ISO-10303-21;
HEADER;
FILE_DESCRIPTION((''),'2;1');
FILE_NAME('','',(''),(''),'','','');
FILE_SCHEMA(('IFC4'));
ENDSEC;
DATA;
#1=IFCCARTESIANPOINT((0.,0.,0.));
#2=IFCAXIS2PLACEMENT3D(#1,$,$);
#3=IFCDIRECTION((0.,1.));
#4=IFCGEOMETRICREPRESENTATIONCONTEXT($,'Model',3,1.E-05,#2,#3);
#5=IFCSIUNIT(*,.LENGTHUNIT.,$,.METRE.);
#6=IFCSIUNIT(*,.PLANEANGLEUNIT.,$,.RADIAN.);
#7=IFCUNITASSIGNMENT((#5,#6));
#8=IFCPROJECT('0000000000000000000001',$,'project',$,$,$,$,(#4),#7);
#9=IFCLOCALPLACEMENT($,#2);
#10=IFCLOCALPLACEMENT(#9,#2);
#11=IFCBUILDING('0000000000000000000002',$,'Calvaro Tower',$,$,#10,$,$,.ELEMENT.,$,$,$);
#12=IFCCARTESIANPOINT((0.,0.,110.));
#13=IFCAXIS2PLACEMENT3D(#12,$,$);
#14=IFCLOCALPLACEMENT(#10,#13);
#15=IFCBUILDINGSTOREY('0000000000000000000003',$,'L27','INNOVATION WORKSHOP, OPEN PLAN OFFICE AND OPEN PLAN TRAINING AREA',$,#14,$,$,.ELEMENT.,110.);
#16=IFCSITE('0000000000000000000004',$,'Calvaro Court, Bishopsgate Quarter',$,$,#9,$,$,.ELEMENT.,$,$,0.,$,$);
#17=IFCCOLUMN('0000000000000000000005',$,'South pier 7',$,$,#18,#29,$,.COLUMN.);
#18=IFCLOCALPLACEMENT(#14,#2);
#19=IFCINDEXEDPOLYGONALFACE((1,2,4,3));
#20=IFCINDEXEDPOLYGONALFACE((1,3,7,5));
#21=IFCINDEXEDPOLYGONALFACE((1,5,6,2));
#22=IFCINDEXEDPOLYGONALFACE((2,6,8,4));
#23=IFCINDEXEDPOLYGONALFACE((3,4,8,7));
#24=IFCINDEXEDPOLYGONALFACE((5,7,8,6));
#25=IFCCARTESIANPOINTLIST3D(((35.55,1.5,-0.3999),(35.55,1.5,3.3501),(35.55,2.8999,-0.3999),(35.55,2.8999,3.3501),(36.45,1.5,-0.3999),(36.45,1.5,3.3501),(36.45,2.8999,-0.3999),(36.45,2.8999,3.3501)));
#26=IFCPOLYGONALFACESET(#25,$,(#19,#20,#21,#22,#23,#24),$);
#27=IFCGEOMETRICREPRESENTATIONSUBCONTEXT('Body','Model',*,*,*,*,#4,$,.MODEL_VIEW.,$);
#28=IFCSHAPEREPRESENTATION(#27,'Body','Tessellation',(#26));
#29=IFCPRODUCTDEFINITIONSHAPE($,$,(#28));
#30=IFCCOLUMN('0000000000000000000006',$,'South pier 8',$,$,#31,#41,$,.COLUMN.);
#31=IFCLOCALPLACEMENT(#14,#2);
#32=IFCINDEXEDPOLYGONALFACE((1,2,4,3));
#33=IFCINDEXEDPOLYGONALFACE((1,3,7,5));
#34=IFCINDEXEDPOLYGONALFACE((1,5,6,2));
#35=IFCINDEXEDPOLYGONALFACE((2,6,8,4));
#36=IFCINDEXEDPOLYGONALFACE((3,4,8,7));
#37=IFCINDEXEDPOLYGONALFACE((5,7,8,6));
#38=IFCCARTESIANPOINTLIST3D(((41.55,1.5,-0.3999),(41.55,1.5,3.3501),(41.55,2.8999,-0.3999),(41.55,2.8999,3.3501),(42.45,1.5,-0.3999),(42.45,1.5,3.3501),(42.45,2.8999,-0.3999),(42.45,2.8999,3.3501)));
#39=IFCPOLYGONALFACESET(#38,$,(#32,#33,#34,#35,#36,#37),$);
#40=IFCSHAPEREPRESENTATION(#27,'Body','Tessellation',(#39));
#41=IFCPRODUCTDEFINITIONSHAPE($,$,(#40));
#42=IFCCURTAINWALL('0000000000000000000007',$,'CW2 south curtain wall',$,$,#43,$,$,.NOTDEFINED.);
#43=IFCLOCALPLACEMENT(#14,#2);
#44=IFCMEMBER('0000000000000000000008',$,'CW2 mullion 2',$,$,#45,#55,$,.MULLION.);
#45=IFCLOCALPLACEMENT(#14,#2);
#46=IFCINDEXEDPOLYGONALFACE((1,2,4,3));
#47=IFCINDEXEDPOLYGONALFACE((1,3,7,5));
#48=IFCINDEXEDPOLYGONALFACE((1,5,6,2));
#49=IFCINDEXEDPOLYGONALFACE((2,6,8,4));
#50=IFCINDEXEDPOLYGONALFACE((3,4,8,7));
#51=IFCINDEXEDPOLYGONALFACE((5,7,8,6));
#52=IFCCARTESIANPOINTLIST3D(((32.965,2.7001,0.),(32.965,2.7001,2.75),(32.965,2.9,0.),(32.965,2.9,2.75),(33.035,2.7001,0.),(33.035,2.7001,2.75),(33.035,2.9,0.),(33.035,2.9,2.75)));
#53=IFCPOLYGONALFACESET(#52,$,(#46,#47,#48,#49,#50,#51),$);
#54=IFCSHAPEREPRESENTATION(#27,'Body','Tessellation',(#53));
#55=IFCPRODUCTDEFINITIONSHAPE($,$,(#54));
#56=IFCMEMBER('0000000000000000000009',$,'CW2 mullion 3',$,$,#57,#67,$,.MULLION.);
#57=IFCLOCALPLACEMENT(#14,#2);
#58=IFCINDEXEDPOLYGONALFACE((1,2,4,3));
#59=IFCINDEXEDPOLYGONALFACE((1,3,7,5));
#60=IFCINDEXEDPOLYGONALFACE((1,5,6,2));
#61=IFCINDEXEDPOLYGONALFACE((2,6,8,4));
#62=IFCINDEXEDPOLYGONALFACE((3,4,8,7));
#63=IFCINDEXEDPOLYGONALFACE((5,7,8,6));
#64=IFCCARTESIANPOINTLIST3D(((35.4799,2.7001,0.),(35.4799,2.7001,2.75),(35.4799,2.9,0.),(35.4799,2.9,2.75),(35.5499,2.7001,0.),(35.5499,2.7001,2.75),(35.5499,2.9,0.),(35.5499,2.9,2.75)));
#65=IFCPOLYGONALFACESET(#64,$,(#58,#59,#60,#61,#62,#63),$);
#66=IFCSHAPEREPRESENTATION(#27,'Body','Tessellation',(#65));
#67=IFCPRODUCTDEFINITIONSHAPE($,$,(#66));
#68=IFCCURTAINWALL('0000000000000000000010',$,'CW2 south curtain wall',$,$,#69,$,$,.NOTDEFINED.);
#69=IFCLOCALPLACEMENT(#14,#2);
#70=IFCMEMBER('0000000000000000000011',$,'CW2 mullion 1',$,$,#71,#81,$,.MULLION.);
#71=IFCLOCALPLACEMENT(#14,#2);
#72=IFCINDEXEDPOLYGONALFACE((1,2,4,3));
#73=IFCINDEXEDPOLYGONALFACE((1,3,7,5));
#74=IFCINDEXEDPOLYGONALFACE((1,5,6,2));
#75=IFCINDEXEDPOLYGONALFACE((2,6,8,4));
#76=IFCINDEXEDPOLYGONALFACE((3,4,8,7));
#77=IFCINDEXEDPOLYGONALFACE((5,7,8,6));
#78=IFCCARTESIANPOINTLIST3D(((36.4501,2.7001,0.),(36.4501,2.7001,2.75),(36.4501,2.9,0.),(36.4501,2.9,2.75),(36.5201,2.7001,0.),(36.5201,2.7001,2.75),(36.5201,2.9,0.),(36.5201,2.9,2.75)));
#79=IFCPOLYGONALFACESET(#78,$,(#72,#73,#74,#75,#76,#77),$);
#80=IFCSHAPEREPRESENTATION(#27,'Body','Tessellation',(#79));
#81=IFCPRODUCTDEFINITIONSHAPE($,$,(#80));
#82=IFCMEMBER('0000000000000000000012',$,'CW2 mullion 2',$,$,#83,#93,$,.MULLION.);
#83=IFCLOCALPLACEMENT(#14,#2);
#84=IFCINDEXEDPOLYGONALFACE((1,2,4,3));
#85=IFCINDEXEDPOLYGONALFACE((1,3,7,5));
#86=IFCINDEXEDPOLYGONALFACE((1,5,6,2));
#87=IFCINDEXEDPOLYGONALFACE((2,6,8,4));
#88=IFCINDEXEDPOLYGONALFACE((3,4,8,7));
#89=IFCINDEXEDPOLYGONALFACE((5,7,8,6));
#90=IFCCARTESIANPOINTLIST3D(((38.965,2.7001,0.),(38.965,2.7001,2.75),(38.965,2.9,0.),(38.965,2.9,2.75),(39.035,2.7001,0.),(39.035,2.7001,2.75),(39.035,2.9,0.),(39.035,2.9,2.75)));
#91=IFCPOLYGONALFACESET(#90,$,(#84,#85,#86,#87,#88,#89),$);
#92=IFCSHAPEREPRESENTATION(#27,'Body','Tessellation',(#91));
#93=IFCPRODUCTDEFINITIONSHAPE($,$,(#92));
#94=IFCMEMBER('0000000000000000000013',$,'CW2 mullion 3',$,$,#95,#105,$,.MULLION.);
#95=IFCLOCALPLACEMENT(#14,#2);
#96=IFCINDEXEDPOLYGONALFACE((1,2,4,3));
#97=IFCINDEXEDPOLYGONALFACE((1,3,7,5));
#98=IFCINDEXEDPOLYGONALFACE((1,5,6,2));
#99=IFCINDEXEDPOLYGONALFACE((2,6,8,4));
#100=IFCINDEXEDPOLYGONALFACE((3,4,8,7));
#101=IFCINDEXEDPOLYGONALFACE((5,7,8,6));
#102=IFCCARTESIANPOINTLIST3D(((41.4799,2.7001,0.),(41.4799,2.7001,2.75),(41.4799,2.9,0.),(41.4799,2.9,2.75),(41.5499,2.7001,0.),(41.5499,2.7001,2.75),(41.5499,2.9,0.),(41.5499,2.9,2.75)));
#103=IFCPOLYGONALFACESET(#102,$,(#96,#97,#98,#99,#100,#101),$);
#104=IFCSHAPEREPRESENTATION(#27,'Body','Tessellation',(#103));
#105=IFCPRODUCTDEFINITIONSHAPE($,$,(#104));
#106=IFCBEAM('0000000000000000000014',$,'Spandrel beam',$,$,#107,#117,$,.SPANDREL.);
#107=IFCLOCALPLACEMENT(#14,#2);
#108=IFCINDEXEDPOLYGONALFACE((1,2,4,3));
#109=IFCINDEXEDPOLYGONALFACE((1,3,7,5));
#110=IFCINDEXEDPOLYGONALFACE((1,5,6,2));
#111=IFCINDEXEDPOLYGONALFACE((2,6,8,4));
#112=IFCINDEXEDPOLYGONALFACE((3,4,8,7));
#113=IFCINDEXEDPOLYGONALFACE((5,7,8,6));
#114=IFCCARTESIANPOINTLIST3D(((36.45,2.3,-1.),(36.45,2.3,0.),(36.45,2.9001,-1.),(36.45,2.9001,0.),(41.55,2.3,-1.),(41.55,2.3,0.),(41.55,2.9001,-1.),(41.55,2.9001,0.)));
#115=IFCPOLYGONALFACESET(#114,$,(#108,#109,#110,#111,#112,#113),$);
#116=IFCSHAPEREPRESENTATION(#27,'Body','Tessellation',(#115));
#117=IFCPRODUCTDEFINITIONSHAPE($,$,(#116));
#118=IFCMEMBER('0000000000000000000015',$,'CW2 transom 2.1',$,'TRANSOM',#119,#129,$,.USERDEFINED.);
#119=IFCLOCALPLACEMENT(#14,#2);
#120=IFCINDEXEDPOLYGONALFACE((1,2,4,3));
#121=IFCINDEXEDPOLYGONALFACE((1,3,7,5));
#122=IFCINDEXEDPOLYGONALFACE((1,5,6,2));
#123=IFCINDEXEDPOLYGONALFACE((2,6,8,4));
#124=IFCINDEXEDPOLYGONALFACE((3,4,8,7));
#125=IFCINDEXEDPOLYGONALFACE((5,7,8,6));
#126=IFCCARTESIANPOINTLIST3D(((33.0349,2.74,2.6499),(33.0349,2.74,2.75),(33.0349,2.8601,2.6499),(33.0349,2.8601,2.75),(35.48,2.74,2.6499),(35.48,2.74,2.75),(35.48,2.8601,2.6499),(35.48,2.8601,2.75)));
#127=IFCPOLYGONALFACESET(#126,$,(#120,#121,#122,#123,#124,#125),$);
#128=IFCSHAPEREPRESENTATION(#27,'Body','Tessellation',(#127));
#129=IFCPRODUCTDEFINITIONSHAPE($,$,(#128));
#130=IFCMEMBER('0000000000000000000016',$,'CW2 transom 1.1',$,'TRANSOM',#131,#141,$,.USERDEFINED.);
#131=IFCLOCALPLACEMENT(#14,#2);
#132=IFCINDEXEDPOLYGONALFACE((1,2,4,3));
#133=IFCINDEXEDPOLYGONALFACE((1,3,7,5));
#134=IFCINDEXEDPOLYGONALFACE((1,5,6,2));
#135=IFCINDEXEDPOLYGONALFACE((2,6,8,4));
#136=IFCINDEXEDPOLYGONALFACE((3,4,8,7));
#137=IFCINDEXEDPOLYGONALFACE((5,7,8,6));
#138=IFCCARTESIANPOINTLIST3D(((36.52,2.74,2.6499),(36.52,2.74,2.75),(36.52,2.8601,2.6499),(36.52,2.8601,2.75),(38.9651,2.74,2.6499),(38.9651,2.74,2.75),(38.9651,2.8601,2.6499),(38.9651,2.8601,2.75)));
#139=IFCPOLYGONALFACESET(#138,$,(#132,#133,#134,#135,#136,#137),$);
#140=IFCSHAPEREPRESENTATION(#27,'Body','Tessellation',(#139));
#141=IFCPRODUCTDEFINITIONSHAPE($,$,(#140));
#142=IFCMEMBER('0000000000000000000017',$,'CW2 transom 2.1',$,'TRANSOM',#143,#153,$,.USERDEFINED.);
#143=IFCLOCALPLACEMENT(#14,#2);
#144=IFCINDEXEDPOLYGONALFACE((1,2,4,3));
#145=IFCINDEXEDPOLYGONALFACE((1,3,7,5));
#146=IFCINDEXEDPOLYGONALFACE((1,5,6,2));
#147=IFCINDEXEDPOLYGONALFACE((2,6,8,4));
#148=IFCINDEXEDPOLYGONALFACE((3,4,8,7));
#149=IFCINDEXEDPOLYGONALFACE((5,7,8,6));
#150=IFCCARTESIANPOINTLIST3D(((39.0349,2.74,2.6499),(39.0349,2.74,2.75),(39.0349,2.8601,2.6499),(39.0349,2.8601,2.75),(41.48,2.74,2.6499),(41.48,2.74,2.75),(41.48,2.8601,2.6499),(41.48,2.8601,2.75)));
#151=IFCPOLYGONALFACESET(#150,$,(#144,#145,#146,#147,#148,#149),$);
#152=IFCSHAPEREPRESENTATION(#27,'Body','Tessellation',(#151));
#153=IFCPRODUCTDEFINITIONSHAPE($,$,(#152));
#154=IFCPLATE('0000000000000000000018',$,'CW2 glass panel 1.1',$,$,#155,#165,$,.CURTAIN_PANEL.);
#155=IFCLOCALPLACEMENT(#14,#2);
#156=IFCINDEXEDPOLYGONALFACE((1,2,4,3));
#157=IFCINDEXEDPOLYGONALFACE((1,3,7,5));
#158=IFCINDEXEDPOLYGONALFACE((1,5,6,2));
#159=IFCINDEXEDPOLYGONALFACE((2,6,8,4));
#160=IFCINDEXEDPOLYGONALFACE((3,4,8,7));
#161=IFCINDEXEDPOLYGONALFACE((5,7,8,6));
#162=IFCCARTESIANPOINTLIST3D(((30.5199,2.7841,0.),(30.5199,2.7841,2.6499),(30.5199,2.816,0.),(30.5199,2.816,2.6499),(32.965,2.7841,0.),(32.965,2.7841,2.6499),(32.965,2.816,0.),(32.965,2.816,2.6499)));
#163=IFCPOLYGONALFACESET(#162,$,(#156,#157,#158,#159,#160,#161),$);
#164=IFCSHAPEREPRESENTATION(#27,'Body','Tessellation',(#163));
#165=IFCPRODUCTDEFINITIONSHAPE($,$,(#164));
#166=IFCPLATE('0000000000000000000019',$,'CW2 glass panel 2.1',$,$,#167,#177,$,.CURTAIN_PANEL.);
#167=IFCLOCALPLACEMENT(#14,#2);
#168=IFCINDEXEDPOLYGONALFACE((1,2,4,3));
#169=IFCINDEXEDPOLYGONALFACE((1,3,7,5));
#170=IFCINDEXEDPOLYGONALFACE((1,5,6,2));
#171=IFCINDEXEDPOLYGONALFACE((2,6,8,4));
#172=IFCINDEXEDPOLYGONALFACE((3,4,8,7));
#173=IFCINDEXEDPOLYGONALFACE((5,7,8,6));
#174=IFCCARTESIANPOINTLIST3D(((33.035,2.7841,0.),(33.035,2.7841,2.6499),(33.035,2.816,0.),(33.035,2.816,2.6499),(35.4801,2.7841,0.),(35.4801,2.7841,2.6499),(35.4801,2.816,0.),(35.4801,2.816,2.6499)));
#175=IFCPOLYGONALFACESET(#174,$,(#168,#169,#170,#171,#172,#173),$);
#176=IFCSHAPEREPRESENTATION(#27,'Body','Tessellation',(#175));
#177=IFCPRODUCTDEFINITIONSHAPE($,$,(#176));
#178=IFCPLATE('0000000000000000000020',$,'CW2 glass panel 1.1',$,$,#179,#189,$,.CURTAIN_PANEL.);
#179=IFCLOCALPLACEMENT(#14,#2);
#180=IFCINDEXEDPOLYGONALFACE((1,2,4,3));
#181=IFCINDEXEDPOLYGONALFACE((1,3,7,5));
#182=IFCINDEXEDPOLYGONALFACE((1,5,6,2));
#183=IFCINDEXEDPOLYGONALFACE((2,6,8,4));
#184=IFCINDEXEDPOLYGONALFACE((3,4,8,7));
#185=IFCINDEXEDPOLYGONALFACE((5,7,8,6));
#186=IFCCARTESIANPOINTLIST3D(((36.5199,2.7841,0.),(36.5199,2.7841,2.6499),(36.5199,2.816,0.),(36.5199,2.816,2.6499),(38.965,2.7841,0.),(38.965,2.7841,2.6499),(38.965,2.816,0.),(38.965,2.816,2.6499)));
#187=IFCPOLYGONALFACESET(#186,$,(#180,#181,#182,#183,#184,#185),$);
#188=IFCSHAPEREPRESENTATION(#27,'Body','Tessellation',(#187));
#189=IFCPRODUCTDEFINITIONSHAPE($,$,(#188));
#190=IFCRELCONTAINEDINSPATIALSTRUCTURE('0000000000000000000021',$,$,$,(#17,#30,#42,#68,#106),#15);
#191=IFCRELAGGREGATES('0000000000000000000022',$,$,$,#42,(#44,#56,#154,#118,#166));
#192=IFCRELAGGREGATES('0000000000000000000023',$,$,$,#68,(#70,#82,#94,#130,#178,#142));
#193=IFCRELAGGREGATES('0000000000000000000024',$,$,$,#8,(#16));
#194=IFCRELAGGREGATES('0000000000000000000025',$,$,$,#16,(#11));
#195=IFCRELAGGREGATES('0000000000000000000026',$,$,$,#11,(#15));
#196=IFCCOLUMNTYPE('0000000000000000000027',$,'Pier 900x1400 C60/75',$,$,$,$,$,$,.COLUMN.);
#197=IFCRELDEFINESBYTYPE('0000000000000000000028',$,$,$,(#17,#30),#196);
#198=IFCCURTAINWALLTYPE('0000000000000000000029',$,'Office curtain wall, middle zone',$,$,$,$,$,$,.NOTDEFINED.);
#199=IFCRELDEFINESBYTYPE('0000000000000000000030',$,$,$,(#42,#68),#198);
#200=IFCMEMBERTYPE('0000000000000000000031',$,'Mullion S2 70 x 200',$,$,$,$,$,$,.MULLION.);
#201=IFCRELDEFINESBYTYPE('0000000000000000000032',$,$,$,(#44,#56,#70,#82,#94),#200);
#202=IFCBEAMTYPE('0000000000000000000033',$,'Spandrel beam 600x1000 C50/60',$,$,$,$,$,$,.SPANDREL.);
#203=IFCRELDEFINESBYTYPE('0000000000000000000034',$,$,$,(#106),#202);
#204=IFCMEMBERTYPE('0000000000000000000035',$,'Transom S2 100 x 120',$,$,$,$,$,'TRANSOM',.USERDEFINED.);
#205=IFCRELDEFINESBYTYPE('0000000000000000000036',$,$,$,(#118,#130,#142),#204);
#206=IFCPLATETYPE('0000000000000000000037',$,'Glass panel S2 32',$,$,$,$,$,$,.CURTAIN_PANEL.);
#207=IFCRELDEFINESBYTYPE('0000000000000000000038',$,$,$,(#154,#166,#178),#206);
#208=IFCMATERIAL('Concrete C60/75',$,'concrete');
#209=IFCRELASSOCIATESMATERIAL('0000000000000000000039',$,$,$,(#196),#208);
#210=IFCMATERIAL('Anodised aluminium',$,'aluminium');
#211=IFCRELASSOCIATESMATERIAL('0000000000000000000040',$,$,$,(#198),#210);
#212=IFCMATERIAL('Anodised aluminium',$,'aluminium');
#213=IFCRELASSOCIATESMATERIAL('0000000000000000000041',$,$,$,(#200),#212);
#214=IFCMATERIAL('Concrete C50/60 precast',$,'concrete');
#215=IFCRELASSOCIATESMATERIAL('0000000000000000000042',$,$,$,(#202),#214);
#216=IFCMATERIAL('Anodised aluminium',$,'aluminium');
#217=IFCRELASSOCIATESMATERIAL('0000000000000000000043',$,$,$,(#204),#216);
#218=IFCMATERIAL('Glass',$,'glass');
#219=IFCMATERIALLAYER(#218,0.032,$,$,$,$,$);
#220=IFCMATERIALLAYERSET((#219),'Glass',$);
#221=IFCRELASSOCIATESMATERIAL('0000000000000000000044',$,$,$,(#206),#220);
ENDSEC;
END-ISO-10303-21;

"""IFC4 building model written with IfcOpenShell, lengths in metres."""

from ifc_helpers import new_model, si_unit, direction, frame, origin, origin_2d, place, context, subcontext, project, spatial, rectangle, extrude, material, layer, layer_set, material_profile, profile_set, type_object, element, aggregate, save


model = new_model("IFC4")

# Units and contexts
model_context = context("Model", 3, precision=1e-05, world=origin(), true_north=direction((0.0, 1.0)))
body_context = subcontext(model_context, "Body", "Model", "MODEL_VIEW")
ifc_project = project(units=[si_unit("LENGTHUNIT", "METRE"), si_unit("PLANEANGLEUNIT", "RADIAN")], contexts=[model_context])

# Site, building, storey
site_placement = place(None, origin())
site = spatial("IfcSite", under=ifc_project, at=site_placement, Name="Calvaro Court, Bishopsgate Quarter", CompositionType="ELEMENT", RefElevation=0.0)
building_placement = place(site_placement, origin())
building = spatial("IfcBuilding", under=site, at=building_placement, Name="Calvaro Tower", CompositionType="ELEMENT")
storey_placement = place(building_placement, frame((0.0, 0.0, 110.0)))
storey = spatial("IfcBuildingStorey", under=building, at=storey_placement, Name="L27", Description="INNOVATION WORKSHOP, OPEN PLAN OFFICE AND OPEN PLAN TRAINING AREA", CompositionType="ELEMENT", Elevation=110.0)

# Columns
ifc_material_1 = material(Name="Concrete C60/75", Category="concrete")
ifc_material_profile_1 = material_profile(ifc_material_1, rectangle(XDim=0.8999, YDim=1.3999, at=origin_2d()), Name="RC 900x1400")
ifc_profile_set_1 = profile_set([ifc_material_profile_1], Name="Concrete C60/75")
column_type = type_object("IfcColumnType", Name="Pier 900x1400 C60/75", PredefinedType="COLUMN", material=ifc_profile_set_1)
for number, where, z_axis, x_axis, name in (
    (1, (36.0, 2.2, -0.3999), (0.0, 0.0, 1.0), (1.0, 0.0, 0.0), "South pier 7"),
    (2, (42.0, 2.2, -0.3999), (0.0, 0.0, 1.0), (1.0, 0.0, 0.0), "South pier 8"),
):
    element("IfcColumn", number, at=place(storey_placement, frame(where, z_axis=z_axis, x_axis=x_axis)), inside=storey, type_object=column_type, Name=name, PredefinedType="COLUMN", context=body_context, shape_type="SweptSolid", body=[
        extrude(rectangle(XDim=0.8999, YDim=1.3999, at=origin_2d()), origin(), (0.0, 0.0, 1.0), 3.75),
    ])

# Curtain walls, members
ifc_material_2 = material(Name="Anodised aluminium", Category="aluminium")
curtain_wall_type = type_object("IfcCurtainWallType", Name="Office curtain wall, middle zone", PredefinedType="NOTDEFINED", material=ifc_material_2)
curtain_wall_1_placement = place(storey_placement, origin())
curtain_wall_1 = element("IfcCurtainWall", 3, at=curtain_wall_1_placement, inside=storey, type_object=curtain_wall_type, Name="CW2 south curtain wall", PredefinedType="NOTDEFINED")
ifc_material_3 = material(Name="Anodised aluminium", Category="aluminium")
ifc_material_profile_2 = material_profile(ifc_material_3, rectangle(XDim=0.2, YDim=0.0701, at=origin_2d()), Name="Mullion S2 70 x 200")
ifc_profile_set_2 = profile_set([ifc_material_profile_2], Name="Anodised aluminium")
member_type_1 = type_object("IfcMemberType", Name="Mullion S2 70 x 200", PredefinedType="MULLION", material=ifc_profile_set_2)
member_1_placement = place(storey_placement, frame((33.0, 2.8, 0.0), z_axis=(0.0, 0.0, 1.0), x_axis=(0.0, 1.0, 0.0)))
member_1 = element("IfcMember", 4, at=member_1_placement, type_object=member_type_1, Name="CW2 mullion 2", PredefinedType="MULLION", context=body_context, shape_type="SweptSolid", body=[
    extrude(rectangle(XDim=0.2, YDim=0.0701, at=origin_2d()), origin(), (0.0, 0.0, 1.0), 2.75),
])
member_2_placement = place(storey_placement, frame((35.5149, 2.8, 0.0), z_axis=(0.0, 0.0, 1.0), x_axis=(0.0, 1.0, 0.0)))
member_2 = element("IfcMember", 5, at=member_2_placement, type_object=member_type_1, Name="CW2 mullion 3", PredefinedType="MULLION", context=body_context, shape_type="SweptSolid", body=[
    extrude(rectangle(XDim=0.2, YDim=0.0701, at=origin_2d()), origin(), (0.0, 0.0, 1.0), 2.75),
])
curtain_wall_2_placement = place(storey_placement, origin())
curtain_wall_2 = element("IfcCurtainWall", 6, at=curtain_wall_2_placement, inside=storey, type_object=curtain_wall_type, Name="CW2 south curtain wall", PredefinedType="NOTDEFINED")
member_3_placement = place(storey_placement, frame((36.4851, 2.8, 0.0), z_axis=(0.0, 0.0, 1.0), x_axis=(0.0, 1.0, 0.0)))
member_3 = element("IfcMember", 7, at=member_3_placement, type_object=member_type_1, Name="CW2 mullion 1", PredefinedType="MULLION", context=body_context, shape_type="SweptSolid", body=[
    extrude(rectangle(XDim=0.2, YDim=0.0701, at=origin_2d()), origin(), (0.0, 0.0, 1.0), 2.75),
])
member_4_placement = place(storey_placement, frame((39.0, 2.8, 0.0), z_axis=(0.0, 0.0, 1.0), x_axis=(0.0, 1.0, 0.0)))
member_4 = element("IfcMember", 8, at=member_4_placement, type_object=member_type_1, Name="CW2 mullion 2", PredefinedType="MULLION", context=body_context, shape_type="SweptSolid", body=[
    extrude(rectangle(XDim=0.2, YDim=0.0701, at=origin_2d()), origin(), (0.0, 0.0, 1.0), 2.75),
])
member_5_placement = place(storey_placement, frame((41.5149, 2.8, 0.0), z_axis=(0.0, 0.0, 1.0), x_axis=(0.0, 1.0, 0.0)))
member_5 = element("IfcMember", 9, at=member_5_placement, type_object=member_type_1, Name="CW2 mullion 3", PredefinedType="MULLION", context=body_context, shape_type="SweptSolid", body=[
    extrude(rectangle(XDim=0.2, YDim=0.0701, at=origin_2d()), origin(), (0.0, 0.0, 1.0), 2.75),
])

# Beam
ifc_material_4 = material(Name="Concrete C50/60 precast", Category="concrete")
ifc_material_profile_3 = material_profile(ifc_material_4, rectangle(XDim=0.6001, YDim=1.0, at=origin_2d()), Name="RC 600x1000")
ifc_profile_set_3 = profile_set([ifc_material_profile_3], Name="Concrete C50/60 precast")
beam_type = type_object("IfcBeamType", Name="Spandrel beam 600x1000 C50/60", PredefinedType="SPANDREL", material=ifc_profile_set_3)
beam_placement = place(storey_placement, frame((36.45, 2.6001, -0.5), z_axis=(1.0, 0.0, 0.0), x_axis=(0.0, 1.0, 0.0)))
element("IfcBeam", 10, at=beam_placement, inside=storey, type_object=beam_type, Name="Spandrel beam", PredefinedType="SPANDREL", context=body_context, shape_type="SweptSolid", body=[
    extrude(rectangle(XDim=0.6001, YDim=1.0, at=origin_2d()), origin(), (0.0, 0.0, 1.0), 5.1001),
])

# Members
ifc_material_5 = material(Name="Anodised aluminium", Category="aluminium")
ifc_material_profile_4 = material_profile(ifc_material_5, rectangle(XDim=0.1201, YDim=0.1001, at=origin_2d()), Name="Transom S2 100 x 120")
ifc_profile_set_4 = profile_set([ifc_material_profile_4], Name="Anodised aluminium")
member_type_2 = type_object("IfcMemberType", Name="Transom S2 100 x 120", ElementType="TRANSOM", PredefinedType="USERDEFINED", material=ifc_profile_set_4)
member_6_placement = place(storey_placement, frame((33.0349, 2.8, 2.7), z_axis=(1.0, 0.0, 0.0), x_axis=(0.0, 1.0, 0.0)))
member_6 = element("IfcMember", 11, at=member_6_placement, type_object=member_type_2, Name="CW2 transom 2.1", ObjectType="TRANSOM", PredefinedType="USERDEFINED", context=body_context, shape_type="SweptSolid", body=[
    extrude(rectangle(XDim=0.1201, YDim=0.1001, at=origin_2d()), origin(), (0.0, 0.0, 1.0), 2.4451),
])
member_7_placement = place(storey_placement, frame((36.52, 2.8, 2.7), z_axis=(1.0, 0.0, 0.0), x_axis=(0.0, 1.0, 0.0)))
member_7 = element("IfcMember", 12, at=member_7_placement, type_object=member_type_2, Name="CW2 transom 1.1", ObjectType="TRANSOM", PredefinedType="USERDEFINED", context=body_context, shape_type="SweptSolid", body=[
    extrude(rectangle(XDim=0.1201, YDim=0.1001, at=origin_2d()), origin(), (0.0, 0.0, 1.0), 2.4451),
])
member_8_placement = place(storey_placement, frame((39.0349, 2.8, 2.7), z_axis=(1.0, 0.0, 0.0), x_axis=(0.0, 1.0, 0.0)))
member_8 = element("IfcMember", 13, at=member_8_placement, type_object=member_type_2, Name="CW2 transom 2.1", ObjectType="TRANSOM", PredefinedType="USERDEFINED", context=body_context, shape_type="SweptSolid", body=[
    extrude(rectangle(XDim=0.1201, YDim=0.1001, at=origin_2d()), origin(), (0.0, 0.0, 1.0), 2.4451),
])

# Plates
ifc_material_6 = material(Name="Glass", Category="glass")
ifc_layer = layer(ifc_material_6, 0.032)
ifc_layer_set = layer_set([ifc_layer], Name="Glass")
plate_type = type_object("IfcPlateType", Name="Glass panel S2 32", PredefinedType="CURTAIN_PANEL", material=ifc_layer_set)
plate_1_placement = place(storey_placement, frame((31.7424, 2.8, 0.0), z_axis=(0.0, 0.0, 1.0), x_axis=(1.0, 0.0, 0.0)))
plate_1 = element("IfcPlate", 14, at=plate_1_placement, type_object=plate_type, Name="CW2 glass panel 1.1", PredefinedType="CURTAIN_PANEL", context=body_context, shape_type="SweptSolid", body=[
    extrude(rectangle(XDim=2.4451, YDim=0.032, at=origin_2d()), origin(), (0.0, 0.0, 1.0), 2.6499),
])
plate_2_placement = place(storey_placement, frame((34.2576, 2.8, 0.0), z_axis=(0.0, 0.0, 1.0), x_axis=(1.0, 0.0, 0.0)))
plate_2 = element("IfcPlate", 15, at=plate_2_placement, type_object=plate_type, Name="CW2 glass panel 2.1", PredefinedType="CURTAIN_PANEL", context=body_context, shape_type="SweptSolid", body=[
    extrude(rectangle(XDim=2.4451, YDim=0.032, at=origin_2d()), origin(), (0.0, 0.0, 1.0), 2.6499),
])
aggregate(curtain_wall_1, [member_1, member_2, plate_1, member_6, plate_2])
plate_3_placement = place(storey_placement, frame((37.7424, 2.8, 0.0), z_axis=(0.0, 0.0, 1.0), x_axis=(1.0, 0.0, 0.0)))
plate_3 = element("IfcPlate", 16, at=plate_3_placement, type_object=plate_type, Name="CW2 glass panel 1.1", PredefinedType="CURTAIN_PANEL", context=body_context, shape_type="SweptSolid", body=[
    extrude(rectangle(XDim=2.4451, YDim=0.032, at=origin_2d()), origin(), (0.0, 0.0, 1.0), 2.6499),
])
aggregate(curtain_wall_2, [member_3, member_4, member_5, member_7, plate_3, member_8])

save(model, "model.ifc")
